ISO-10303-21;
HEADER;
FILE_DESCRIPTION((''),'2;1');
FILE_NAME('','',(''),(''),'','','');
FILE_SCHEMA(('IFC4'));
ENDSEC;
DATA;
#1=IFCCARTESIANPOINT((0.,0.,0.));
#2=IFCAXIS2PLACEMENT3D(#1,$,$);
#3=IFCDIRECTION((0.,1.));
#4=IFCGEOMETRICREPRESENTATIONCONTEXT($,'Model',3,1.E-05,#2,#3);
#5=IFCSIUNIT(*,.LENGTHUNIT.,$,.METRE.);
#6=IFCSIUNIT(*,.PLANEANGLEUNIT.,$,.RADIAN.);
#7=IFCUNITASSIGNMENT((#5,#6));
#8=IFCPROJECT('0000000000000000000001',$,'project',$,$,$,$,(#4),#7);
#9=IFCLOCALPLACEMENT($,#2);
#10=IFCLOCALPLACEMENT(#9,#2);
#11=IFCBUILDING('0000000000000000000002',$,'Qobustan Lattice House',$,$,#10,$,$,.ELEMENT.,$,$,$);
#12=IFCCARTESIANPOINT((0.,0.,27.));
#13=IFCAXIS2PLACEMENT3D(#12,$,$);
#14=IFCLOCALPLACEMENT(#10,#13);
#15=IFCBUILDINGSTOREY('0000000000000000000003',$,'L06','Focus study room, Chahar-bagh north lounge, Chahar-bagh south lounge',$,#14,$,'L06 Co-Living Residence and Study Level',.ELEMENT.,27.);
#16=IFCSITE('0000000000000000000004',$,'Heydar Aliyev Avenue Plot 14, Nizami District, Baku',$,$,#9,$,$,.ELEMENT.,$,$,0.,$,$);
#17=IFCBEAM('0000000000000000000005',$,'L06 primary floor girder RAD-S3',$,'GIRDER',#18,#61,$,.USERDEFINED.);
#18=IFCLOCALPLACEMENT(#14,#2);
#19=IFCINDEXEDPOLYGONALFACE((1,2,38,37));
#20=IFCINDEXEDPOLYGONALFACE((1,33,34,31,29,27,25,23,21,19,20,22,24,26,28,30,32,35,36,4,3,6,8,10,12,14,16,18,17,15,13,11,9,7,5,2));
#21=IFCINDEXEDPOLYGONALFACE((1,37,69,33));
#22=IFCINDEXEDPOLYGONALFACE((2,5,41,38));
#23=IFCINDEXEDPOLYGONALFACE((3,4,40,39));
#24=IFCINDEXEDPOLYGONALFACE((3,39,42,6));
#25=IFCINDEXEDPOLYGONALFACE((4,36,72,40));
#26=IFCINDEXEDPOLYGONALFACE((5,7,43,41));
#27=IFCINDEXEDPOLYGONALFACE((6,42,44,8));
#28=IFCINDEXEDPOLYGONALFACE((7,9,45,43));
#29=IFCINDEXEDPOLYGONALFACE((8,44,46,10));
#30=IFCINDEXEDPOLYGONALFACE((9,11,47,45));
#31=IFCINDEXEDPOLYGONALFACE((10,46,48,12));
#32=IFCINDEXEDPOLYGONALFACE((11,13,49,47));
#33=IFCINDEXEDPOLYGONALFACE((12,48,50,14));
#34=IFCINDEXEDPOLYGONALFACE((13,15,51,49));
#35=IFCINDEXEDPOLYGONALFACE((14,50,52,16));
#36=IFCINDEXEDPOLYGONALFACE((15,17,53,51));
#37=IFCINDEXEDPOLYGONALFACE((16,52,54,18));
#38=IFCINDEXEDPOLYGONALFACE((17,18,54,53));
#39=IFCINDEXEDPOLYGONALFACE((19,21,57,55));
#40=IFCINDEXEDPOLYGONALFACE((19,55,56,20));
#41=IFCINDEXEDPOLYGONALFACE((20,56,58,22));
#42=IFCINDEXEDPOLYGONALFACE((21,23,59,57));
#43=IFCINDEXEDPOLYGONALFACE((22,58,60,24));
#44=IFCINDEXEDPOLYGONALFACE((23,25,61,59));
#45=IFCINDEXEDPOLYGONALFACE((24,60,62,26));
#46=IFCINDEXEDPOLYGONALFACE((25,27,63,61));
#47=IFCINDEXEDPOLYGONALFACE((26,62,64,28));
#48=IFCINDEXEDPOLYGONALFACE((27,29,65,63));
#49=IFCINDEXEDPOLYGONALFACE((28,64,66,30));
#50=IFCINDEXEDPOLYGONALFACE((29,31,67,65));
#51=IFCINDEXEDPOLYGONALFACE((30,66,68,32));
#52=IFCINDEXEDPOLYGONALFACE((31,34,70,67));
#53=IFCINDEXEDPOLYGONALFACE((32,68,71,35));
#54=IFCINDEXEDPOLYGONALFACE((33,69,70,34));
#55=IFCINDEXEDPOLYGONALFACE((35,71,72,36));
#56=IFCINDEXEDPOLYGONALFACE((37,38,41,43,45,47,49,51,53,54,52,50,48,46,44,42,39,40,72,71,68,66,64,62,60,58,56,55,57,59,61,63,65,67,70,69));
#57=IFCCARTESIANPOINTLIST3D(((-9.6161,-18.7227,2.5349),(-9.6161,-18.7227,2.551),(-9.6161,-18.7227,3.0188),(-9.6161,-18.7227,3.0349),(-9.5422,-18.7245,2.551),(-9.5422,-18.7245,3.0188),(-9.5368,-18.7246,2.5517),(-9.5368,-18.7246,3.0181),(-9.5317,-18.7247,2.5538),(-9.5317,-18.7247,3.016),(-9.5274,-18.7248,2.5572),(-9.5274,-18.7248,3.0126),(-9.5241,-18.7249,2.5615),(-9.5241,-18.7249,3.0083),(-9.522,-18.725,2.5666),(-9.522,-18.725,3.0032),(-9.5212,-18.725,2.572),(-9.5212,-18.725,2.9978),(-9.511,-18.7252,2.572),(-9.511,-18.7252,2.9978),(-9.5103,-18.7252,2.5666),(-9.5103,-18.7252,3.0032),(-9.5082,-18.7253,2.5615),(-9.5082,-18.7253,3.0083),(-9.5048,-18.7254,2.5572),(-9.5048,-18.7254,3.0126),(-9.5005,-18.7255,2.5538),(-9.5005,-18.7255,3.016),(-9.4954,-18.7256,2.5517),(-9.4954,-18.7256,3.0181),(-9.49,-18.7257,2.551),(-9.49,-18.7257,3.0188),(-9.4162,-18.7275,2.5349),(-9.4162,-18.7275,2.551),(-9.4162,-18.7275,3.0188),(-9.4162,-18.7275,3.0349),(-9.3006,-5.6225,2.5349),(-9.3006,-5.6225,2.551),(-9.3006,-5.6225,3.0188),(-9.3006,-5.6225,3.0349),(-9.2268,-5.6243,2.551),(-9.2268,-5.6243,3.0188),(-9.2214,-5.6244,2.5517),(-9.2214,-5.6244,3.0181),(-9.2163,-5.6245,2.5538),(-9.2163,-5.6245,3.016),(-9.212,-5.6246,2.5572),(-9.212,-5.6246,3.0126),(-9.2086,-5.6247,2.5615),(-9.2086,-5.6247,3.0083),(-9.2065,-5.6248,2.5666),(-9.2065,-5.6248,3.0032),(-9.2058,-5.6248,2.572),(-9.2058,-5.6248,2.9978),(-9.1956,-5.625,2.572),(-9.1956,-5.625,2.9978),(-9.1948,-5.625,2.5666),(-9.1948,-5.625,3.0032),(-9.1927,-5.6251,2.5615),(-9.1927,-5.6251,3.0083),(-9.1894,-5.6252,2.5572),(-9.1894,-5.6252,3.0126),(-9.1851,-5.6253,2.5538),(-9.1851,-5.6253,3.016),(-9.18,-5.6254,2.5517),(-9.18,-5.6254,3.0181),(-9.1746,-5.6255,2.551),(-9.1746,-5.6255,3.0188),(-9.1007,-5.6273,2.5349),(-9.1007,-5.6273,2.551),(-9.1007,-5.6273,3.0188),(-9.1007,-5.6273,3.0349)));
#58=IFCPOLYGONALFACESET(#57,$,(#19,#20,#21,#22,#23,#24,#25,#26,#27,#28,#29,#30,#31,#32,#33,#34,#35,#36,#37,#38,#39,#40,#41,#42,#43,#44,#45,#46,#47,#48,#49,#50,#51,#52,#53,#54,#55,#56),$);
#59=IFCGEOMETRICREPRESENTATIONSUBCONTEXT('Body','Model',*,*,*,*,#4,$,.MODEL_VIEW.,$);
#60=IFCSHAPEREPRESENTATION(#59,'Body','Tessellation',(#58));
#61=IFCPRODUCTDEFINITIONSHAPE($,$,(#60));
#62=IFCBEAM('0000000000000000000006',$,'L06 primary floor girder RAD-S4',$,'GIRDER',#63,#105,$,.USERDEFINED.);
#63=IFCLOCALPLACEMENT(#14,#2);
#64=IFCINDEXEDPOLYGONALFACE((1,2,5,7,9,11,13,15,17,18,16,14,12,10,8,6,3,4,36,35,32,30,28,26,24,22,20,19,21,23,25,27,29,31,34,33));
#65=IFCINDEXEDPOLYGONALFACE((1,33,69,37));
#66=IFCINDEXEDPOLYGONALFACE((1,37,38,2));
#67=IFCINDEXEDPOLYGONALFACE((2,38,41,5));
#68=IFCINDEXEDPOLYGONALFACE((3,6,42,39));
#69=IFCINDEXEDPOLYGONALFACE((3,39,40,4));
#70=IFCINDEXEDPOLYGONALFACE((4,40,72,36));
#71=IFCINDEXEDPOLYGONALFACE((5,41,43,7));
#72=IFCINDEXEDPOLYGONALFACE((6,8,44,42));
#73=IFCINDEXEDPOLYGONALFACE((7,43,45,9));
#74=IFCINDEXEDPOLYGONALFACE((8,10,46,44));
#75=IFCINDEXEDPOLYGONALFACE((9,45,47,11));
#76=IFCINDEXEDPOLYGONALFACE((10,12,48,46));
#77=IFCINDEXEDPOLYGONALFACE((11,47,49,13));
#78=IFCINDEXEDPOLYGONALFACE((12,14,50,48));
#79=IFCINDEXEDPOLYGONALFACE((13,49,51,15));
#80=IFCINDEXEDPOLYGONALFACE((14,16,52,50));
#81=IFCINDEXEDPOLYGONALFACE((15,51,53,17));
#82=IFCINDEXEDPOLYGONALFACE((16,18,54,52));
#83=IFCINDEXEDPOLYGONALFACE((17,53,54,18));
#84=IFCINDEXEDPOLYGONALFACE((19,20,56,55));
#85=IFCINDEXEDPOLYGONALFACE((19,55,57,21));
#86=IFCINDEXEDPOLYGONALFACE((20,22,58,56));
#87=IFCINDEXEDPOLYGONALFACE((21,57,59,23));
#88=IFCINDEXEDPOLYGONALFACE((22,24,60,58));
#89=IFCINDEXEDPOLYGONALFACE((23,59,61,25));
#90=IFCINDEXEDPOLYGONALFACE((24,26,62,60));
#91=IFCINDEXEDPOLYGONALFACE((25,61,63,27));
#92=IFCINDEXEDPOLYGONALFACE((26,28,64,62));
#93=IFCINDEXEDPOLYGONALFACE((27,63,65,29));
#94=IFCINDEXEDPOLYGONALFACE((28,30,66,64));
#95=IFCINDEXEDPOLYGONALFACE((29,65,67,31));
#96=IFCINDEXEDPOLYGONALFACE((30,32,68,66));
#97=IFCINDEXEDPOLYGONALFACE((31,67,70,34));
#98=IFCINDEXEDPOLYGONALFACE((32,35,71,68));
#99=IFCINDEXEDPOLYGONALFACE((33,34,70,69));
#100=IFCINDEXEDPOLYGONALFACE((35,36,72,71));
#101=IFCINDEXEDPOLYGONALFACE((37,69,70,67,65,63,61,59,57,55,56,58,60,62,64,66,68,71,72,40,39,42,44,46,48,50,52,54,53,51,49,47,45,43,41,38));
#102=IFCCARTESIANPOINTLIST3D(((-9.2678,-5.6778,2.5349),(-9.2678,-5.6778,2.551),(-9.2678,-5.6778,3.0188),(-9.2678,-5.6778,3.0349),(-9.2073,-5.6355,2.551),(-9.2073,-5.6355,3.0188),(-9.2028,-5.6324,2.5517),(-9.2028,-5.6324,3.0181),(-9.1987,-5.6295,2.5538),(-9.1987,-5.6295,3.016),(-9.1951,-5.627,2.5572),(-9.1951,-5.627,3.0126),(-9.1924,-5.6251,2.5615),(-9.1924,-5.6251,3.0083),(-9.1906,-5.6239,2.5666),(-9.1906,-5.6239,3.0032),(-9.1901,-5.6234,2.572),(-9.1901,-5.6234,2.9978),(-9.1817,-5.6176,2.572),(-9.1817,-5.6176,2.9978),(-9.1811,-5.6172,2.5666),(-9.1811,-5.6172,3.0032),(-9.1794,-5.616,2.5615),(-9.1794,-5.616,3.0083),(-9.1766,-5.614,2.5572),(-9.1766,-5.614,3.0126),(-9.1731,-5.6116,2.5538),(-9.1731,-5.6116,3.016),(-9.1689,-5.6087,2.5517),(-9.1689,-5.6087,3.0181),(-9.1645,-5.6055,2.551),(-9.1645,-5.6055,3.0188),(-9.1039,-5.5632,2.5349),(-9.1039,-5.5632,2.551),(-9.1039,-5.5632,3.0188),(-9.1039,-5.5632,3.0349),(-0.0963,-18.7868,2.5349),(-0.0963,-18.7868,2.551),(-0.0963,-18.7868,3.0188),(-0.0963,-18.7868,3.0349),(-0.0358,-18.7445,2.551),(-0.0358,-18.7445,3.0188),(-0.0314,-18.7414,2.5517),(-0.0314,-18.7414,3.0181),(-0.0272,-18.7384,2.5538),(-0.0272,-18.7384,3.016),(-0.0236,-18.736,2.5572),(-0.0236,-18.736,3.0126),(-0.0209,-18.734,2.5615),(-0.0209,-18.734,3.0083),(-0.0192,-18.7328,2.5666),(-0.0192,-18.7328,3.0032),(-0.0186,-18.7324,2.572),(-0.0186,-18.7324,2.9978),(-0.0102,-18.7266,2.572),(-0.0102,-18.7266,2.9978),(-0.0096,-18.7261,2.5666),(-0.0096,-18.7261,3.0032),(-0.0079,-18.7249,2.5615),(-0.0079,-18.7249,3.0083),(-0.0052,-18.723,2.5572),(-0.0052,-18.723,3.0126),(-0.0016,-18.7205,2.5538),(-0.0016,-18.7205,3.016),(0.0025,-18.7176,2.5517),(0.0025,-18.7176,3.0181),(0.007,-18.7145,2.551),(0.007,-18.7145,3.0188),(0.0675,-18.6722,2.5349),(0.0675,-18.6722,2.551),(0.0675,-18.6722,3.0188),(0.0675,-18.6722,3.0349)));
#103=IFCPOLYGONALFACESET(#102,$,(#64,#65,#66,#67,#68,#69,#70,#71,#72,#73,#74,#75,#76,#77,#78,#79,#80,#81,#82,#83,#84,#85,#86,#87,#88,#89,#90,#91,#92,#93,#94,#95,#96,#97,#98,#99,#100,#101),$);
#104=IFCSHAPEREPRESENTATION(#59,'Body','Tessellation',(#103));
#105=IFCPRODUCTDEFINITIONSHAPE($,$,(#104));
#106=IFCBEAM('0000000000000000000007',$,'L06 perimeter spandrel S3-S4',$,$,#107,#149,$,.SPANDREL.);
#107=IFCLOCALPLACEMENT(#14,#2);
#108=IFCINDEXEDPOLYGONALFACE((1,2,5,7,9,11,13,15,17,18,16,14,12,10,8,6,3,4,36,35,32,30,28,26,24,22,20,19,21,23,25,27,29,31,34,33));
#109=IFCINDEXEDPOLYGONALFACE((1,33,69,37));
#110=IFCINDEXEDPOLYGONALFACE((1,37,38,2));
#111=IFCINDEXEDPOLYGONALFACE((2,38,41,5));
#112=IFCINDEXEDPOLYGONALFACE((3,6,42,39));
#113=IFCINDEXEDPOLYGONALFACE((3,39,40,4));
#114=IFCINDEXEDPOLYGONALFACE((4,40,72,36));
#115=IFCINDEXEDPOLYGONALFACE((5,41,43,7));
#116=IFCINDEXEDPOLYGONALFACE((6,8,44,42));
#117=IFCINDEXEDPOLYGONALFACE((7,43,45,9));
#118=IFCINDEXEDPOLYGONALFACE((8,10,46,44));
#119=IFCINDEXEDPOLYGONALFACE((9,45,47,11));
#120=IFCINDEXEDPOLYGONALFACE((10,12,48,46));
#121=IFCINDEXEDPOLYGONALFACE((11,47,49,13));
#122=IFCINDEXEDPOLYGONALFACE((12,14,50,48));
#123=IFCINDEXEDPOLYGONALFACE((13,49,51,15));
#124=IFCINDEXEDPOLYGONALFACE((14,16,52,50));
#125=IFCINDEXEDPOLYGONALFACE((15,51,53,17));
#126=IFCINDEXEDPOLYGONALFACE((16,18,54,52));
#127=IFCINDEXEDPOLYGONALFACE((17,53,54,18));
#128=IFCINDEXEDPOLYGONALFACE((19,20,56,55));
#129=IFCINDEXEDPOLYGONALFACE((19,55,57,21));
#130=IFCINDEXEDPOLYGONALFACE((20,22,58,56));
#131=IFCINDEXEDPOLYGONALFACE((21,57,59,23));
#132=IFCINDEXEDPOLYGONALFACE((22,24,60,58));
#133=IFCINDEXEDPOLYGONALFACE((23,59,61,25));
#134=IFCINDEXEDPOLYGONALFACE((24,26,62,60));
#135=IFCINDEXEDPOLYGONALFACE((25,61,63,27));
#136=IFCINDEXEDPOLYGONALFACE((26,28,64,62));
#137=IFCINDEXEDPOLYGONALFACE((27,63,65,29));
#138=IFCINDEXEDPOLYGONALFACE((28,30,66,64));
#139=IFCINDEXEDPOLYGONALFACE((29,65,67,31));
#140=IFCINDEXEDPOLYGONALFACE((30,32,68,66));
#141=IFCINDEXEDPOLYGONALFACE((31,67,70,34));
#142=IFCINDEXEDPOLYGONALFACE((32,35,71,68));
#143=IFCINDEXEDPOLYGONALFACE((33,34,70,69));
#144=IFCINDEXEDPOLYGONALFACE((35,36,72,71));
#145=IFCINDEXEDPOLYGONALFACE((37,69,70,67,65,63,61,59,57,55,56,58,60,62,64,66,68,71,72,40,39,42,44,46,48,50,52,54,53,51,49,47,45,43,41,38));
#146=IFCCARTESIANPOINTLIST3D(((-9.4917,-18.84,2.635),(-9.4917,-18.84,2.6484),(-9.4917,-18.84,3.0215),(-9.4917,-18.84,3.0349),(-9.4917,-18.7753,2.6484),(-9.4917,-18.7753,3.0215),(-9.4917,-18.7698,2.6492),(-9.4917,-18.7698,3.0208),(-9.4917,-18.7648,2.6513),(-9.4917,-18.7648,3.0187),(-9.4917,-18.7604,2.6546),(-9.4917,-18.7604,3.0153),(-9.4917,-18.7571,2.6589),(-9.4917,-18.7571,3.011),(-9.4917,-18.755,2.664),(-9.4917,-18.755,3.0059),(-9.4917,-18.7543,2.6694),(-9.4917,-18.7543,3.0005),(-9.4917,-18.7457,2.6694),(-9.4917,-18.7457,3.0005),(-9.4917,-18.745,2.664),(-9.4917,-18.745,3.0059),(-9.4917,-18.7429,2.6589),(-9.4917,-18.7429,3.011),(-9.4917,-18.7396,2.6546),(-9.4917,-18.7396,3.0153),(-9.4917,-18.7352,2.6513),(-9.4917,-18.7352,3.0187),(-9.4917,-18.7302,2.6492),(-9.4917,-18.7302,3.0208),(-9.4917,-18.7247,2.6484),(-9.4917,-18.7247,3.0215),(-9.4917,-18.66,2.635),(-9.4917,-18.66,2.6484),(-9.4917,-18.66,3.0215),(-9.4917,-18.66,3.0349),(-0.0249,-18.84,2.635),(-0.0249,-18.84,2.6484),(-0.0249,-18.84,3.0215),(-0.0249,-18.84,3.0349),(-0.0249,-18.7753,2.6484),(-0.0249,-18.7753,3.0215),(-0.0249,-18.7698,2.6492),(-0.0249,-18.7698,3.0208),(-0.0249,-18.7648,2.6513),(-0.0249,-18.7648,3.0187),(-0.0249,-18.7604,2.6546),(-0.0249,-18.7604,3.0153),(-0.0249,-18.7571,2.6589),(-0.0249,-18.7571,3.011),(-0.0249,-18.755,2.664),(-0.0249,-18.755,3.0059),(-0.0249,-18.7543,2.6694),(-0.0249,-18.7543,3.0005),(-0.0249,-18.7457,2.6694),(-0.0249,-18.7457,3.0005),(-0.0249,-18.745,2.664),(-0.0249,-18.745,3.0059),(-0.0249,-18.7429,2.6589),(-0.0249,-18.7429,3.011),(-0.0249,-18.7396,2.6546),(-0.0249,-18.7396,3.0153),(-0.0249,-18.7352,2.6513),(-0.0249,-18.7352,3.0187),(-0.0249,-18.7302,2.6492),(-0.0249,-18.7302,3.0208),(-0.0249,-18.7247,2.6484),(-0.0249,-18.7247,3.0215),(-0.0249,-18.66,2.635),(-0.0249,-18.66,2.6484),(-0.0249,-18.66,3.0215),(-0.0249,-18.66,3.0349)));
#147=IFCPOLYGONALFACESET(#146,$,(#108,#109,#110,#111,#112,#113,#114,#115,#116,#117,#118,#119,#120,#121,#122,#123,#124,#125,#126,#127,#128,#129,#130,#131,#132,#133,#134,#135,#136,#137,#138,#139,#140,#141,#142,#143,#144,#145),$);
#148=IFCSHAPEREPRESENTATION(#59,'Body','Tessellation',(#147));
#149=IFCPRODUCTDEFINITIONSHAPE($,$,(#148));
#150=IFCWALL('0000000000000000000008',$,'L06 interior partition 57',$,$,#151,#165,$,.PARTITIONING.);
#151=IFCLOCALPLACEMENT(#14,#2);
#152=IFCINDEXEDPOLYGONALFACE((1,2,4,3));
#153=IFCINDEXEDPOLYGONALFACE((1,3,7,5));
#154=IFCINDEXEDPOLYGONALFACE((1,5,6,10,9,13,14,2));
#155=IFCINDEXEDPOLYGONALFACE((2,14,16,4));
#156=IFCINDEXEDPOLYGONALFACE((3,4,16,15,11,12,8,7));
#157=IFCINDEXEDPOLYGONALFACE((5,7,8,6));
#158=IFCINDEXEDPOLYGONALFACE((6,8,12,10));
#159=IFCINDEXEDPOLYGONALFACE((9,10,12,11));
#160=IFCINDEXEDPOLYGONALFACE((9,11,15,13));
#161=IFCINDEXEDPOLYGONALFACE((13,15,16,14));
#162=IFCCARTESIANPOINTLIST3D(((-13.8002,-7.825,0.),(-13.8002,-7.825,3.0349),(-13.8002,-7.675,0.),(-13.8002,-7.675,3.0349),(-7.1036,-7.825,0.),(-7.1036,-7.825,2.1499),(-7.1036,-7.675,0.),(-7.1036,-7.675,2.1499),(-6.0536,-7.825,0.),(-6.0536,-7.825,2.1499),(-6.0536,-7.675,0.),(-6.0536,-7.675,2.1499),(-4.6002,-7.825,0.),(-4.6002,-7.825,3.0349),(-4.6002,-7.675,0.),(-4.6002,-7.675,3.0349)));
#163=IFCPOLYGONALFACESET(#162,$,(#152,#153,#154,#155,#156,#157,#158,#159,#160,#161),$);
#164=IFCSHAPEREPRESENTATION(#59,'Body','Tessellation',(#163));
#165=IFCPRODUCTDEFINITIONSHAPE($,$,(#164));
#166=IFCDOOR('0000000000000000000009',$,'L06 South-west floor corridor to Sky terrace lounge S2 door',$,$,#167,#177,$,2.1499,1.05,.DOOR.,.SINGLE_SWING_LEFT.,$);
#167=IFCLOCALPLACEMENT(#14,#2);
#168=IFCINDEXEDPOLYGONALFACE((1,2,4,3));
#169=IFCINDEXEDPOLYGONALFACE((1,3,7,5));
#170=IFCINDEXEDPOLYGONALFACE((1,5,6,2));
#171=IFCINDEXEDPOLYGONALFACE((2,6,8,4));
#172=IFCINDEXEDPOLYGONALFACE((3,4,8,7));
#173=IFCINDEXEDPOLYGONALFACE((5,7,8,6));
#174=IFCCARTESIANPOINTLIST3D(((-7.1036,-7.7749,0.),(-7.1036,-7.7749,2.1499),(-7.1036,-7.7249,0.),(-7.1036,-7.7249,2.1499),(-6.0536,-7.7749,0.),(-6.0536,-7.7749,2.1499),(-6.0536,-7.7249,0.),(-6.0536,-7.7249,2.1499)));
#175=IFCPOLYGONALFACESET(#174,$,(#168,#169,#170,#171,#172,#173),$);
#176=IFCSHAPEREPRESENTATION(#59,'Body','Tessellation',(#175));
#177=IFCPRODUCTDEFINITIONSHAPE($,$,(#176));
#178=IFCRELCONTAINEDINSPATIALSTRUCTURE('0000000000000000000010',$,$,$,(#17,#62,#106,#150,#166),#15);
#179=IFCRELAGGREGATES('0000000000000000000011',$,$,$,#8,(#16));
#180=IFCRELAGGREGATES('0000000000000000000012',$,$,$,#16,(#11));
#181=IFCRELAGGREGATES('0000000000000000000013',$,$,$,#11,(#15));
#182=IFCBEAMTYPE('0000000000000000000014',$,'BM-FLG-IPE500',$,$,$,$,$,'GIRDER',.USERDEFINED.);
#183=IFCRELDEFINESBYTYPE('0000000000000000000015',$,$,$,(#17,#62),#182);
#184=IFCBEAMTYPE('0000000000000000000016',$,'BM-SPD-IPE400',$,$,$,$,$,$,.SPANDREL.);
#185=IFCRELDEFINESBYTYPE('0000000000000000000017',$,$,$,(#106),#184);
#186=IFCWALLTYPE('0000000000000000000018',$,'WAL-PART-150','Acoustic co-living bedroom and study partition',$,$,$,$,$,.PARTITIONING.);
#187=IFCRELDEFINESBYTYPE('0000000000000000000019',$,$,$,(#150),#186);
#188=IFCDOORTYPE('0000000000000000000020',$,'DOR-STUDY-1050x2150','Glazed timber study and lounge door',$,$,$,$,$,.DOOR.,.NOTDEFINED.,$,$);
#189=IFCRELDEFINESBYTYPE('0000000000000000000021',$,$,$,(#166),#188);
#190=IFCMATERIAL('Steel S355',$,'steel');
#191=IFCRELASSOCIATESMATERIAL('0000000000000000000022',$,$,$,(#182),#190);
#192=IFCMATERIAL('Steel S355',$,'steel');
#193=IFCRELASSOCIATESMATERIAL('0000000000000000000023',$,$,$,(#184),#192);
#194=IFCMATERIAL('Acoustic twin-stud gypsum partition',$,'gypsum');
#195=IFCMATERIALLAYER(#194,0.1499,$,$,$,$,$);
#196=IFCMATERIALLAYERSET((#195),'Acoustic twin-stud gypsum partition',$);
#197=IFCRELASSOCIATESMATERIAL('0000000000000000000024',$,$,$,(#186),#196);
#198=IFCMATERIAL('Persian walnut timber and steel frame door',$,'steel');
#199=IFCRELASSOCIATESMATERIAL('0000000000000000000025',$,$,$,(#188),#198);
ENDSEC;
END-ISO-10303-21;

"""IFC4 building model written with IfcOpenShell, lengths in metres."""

from ifc_helpers import new_model, si_unit, direction, frame, frame_2d, origin, origin_2d, place, context, subcontext, project, spatial, rectangle, i_section, extrude, material, layer, layer_set, material_profile, profile_set, type_object, element, fill, save


model = new_model("IFC4")

# Units and contexts
model_context = context("Model", 3, precision=1e-05, world=origin(), true_north=direction((0.0, 1.0)))
body_context = subcontext(model_context, "Body", "Model", "MODEL_VIEW")
ifc_project = project(units=[si_unit("LENGTHUNIT", "METRE"), si_unit("PLANEANGLEUNIT", "RADIAN")], contexts=[model_context])

# Site, building, storey
site_placement = place(None, origin())
site = spatial("IfcSite", under=ifc_project, at=site_placement, Name="Heydar Aliyev Avenue Plot 14, Nizami District, Baku", CompositionType="ELEMENT", RefElevation=0.0)
building_placement = place(site_placement, origin())
building = spatial("IfcBuilding", under=site, at=building_placement, Name="Qobustan Lattice House", CompositionType="ELEMENT")
storey_placement = place(building_placement, frame((0.0, 0.0, 27.0)))
storey = spatial("IfcBuildingStorey", under=building, at=storey_placement, Name="L06", Description="Focus study room, Chahar-bagh north lounge, Chahar-bagh south lounge", LongName="L06 Co-Living Residence and Study Level", CompositionType="ELEMENT", Elevation=27.0)

# Beams
ifc_material_1 = material(Name="Steel S355", Category="steel")
ifc_material_profile_1 = material_profile(ifc_material_1, i_section(OverallWidth=0.2, OverallDepth=0.5, WebThickness=0.0103, FlangeThickness=0.0161, FilletRadius=0.021, at=origin_2d()), Name="IPE500")
ifc_profile_set_1 = profile_set([ifc_material_profile_1], Name="Steel S355")
beam_type_1 = type_object("IfcBeamType", Name="BM-FLG-IPE500", ElementType="GIRDER", PredefinedType="USERDEFINED", material=ifc_profile_set_1)
beam_1_placement = place(storey_placement, frame((-9.5161, -18.7251, 2.7849), z_axis=(0.024071, 0.99971, 0.0), x_axis=(-0.99971, 0.024071, 0.0)))
element("IfcBeam", 1, at=beam_1_placement, inside=storey, type_object=beam_type_1, Name="L06 primary floor girder RAD-S3", ObjectType="GIRDER", PredefinedType="USERDEFINED", context=body_context, shape_type="SweptSolid", body=[
    extrude(i_section(OverallWidth=0.2, OverallDepth=0.5, WebThickness=0.0103, FlangeThickness=0.0161, FilletRadius=0.021, at=origin_2d()), origin(), (0.0, 0.0, 1.0), 13.104),
])
beam_2_placement = place(storey_placement, frame((-0.0144, -18.7295, 2.7849), z_axis=(-0.57326, 0.819374, 0.0), x_axis=(-0.819374, -0.57326, 0.0)))
element("IfcBeam", 2, at=beam_2_placement, inside=storey, type_object=beam_type_1, Name="L06 primary floor girder RAD-S4", ObjectType="GIRDER", PredefinedType="USERDEFINED", context=body_context, shape_type="SweptSolid", body=[
    extrude(i_section(OverallWidth=0.2, OverallDepth=0.5, WebThickness=0.0103, FlangeThickness=0.0161, FilletRadius=0.021, at=origin_2d()), origin(), (0.0, 0.0, 1.0), 15.9988),
])
ifc_material_2 = material(Name="Steel S355", Category="steel")
ifc_material_profile_2 = material_profile(ifc_material_2, i_section(OverallWidth=0.1799, OverallDepth=0.3999, WebThickness=0.0085, FlangeThickness=0.0134, FilletRadius=0.021, at=origin_2d()), Name="IPE400")
ifc_profile_set_2 = profile_set([ifc_material_profile_2], Name="Steel S355")
beam_type_2 = type_object("IfcBeamType", Name="BM-SPD-IPE400", PredefinedType="SPANDREL", material=ifc_profile_set_2)
beam_3_placement = place(storey_placement, frame((-9.4917, -18.75, 2.835), z_axis=(1.0, 0.0, 0.0), x_axis=(0.0, 1.0, 0.0)))
element("IfcBeam", 3, at=beam_3_placement, inside=storey, type_object=beam_type_2, Name="L06 perimeter spandrel S3-S4", PredefinedType="SPANDREL", context=body_context, shape_type="SweptSolid", body=[
    extrude(i_section(OverallWidth=0.1799, OverallDepth=0.3999, WebThickness=0.0085, FlangeThickness=0.0134, FilletRadius=0.021, at=origin_2d()), origin(), (0.0, 0.0, 1.0), 9.4668),
])

# Wall, opening, door
ifc_material_3 = material(Name="Acoustic twin-stud gypsum partition", Category="gypsum")
ifc_layer_1 = layer(ifc_material_3, 0.1499)
ifc_layer_set_1 = layer_set([ifc_layer_1], Name="Acoustic twin-stud gypsum partition")
wall_type_1 = type_object("IfcWallType", Name="WAL-PART-150", Description="Acoustic co-living bedroom and study partition", PredefinedType="PARTITIONING", material=ifc_layer_set_1)
ifc_material_4 = material(Name="Persian walnut timber and steel frame door", Category="steel")
door_type_1 = type_object("IfcDoorType", Name="DOR-STUDY-1050x2150", Description="Glazed timber study and lounge door", OperationType="NOTDEFINED", PredefinedType="DOOR", material=ifc_material_4)
wall_1_placement = place(storey_placement, frame((-4.6001, -7.75, 0.0), z_axis=(0.0, 0.0, 1.0), x_axis=(-1.0, 0.0, 0.0)))
wall_1 = element("IfcWall", 4, at=wall_1_placement, inside=storey, type_object=wall_type_1, Name="L06 interior partition 57", PredefinedType="PARTITIONING", context=body_context, shape_type="SweptSolid", body=[
    extrude(rectangle(XDim=9.2, YDim=0.1499, at=frame_2d((4.6001, 0.0))), origin(), (0.0, 0.0, 1.0), 3.0349),
])
opening_1_placement = place(wall_1_placement, frame((1.4536, 0.0, 0.0)))
opening_1 = element("IfcOpeningElement", 5, at=opening_1_placement, cuts=wall_1, PredefinedType="OPENING", context=body_context, shape_type="SweptSolid", body=[
    extrude(rectangle(XDim=1.05, YDim=2.1499, at=frame_2d((0.5249, 1.075))), frame((0.0, 0.085, 0.0), z_axis=(0.0, -1.0, 0.0), x_axis=(1.0, 0.0, 0.0)), (0.0, 0.0, 1.0), 0.1699),
])
door_1_placement = place(opening_1_placement, origin())
door_1 = element("IfcDoor", 6, at=door_1_placement, inside=storey, type_object=door_type_1, Name="L06 South-west floor corridor to Sky terrace lounge S2 door", OperationType="SINGLE_SWING_LEFT", OverallHeight=2.1499, OverallWidth=1.05, PredefinedType="DOOR", context=body_context, shape_type="SweptSolid", body=[
    extrude(rectangle(XDim=1.05, YDim=2.1499, at=frame_2d((0.5249, 1.075))), frame((0.0, 0.0249, 0.0), z_axis=(0.0, -1.0, 0.0), x_axis=(1.0, 0.0, 0.0)), (0.0, 0.0, 1.0), 0.05),
])
fill(opening_1, door_1)

save(model, "model.ifc")
